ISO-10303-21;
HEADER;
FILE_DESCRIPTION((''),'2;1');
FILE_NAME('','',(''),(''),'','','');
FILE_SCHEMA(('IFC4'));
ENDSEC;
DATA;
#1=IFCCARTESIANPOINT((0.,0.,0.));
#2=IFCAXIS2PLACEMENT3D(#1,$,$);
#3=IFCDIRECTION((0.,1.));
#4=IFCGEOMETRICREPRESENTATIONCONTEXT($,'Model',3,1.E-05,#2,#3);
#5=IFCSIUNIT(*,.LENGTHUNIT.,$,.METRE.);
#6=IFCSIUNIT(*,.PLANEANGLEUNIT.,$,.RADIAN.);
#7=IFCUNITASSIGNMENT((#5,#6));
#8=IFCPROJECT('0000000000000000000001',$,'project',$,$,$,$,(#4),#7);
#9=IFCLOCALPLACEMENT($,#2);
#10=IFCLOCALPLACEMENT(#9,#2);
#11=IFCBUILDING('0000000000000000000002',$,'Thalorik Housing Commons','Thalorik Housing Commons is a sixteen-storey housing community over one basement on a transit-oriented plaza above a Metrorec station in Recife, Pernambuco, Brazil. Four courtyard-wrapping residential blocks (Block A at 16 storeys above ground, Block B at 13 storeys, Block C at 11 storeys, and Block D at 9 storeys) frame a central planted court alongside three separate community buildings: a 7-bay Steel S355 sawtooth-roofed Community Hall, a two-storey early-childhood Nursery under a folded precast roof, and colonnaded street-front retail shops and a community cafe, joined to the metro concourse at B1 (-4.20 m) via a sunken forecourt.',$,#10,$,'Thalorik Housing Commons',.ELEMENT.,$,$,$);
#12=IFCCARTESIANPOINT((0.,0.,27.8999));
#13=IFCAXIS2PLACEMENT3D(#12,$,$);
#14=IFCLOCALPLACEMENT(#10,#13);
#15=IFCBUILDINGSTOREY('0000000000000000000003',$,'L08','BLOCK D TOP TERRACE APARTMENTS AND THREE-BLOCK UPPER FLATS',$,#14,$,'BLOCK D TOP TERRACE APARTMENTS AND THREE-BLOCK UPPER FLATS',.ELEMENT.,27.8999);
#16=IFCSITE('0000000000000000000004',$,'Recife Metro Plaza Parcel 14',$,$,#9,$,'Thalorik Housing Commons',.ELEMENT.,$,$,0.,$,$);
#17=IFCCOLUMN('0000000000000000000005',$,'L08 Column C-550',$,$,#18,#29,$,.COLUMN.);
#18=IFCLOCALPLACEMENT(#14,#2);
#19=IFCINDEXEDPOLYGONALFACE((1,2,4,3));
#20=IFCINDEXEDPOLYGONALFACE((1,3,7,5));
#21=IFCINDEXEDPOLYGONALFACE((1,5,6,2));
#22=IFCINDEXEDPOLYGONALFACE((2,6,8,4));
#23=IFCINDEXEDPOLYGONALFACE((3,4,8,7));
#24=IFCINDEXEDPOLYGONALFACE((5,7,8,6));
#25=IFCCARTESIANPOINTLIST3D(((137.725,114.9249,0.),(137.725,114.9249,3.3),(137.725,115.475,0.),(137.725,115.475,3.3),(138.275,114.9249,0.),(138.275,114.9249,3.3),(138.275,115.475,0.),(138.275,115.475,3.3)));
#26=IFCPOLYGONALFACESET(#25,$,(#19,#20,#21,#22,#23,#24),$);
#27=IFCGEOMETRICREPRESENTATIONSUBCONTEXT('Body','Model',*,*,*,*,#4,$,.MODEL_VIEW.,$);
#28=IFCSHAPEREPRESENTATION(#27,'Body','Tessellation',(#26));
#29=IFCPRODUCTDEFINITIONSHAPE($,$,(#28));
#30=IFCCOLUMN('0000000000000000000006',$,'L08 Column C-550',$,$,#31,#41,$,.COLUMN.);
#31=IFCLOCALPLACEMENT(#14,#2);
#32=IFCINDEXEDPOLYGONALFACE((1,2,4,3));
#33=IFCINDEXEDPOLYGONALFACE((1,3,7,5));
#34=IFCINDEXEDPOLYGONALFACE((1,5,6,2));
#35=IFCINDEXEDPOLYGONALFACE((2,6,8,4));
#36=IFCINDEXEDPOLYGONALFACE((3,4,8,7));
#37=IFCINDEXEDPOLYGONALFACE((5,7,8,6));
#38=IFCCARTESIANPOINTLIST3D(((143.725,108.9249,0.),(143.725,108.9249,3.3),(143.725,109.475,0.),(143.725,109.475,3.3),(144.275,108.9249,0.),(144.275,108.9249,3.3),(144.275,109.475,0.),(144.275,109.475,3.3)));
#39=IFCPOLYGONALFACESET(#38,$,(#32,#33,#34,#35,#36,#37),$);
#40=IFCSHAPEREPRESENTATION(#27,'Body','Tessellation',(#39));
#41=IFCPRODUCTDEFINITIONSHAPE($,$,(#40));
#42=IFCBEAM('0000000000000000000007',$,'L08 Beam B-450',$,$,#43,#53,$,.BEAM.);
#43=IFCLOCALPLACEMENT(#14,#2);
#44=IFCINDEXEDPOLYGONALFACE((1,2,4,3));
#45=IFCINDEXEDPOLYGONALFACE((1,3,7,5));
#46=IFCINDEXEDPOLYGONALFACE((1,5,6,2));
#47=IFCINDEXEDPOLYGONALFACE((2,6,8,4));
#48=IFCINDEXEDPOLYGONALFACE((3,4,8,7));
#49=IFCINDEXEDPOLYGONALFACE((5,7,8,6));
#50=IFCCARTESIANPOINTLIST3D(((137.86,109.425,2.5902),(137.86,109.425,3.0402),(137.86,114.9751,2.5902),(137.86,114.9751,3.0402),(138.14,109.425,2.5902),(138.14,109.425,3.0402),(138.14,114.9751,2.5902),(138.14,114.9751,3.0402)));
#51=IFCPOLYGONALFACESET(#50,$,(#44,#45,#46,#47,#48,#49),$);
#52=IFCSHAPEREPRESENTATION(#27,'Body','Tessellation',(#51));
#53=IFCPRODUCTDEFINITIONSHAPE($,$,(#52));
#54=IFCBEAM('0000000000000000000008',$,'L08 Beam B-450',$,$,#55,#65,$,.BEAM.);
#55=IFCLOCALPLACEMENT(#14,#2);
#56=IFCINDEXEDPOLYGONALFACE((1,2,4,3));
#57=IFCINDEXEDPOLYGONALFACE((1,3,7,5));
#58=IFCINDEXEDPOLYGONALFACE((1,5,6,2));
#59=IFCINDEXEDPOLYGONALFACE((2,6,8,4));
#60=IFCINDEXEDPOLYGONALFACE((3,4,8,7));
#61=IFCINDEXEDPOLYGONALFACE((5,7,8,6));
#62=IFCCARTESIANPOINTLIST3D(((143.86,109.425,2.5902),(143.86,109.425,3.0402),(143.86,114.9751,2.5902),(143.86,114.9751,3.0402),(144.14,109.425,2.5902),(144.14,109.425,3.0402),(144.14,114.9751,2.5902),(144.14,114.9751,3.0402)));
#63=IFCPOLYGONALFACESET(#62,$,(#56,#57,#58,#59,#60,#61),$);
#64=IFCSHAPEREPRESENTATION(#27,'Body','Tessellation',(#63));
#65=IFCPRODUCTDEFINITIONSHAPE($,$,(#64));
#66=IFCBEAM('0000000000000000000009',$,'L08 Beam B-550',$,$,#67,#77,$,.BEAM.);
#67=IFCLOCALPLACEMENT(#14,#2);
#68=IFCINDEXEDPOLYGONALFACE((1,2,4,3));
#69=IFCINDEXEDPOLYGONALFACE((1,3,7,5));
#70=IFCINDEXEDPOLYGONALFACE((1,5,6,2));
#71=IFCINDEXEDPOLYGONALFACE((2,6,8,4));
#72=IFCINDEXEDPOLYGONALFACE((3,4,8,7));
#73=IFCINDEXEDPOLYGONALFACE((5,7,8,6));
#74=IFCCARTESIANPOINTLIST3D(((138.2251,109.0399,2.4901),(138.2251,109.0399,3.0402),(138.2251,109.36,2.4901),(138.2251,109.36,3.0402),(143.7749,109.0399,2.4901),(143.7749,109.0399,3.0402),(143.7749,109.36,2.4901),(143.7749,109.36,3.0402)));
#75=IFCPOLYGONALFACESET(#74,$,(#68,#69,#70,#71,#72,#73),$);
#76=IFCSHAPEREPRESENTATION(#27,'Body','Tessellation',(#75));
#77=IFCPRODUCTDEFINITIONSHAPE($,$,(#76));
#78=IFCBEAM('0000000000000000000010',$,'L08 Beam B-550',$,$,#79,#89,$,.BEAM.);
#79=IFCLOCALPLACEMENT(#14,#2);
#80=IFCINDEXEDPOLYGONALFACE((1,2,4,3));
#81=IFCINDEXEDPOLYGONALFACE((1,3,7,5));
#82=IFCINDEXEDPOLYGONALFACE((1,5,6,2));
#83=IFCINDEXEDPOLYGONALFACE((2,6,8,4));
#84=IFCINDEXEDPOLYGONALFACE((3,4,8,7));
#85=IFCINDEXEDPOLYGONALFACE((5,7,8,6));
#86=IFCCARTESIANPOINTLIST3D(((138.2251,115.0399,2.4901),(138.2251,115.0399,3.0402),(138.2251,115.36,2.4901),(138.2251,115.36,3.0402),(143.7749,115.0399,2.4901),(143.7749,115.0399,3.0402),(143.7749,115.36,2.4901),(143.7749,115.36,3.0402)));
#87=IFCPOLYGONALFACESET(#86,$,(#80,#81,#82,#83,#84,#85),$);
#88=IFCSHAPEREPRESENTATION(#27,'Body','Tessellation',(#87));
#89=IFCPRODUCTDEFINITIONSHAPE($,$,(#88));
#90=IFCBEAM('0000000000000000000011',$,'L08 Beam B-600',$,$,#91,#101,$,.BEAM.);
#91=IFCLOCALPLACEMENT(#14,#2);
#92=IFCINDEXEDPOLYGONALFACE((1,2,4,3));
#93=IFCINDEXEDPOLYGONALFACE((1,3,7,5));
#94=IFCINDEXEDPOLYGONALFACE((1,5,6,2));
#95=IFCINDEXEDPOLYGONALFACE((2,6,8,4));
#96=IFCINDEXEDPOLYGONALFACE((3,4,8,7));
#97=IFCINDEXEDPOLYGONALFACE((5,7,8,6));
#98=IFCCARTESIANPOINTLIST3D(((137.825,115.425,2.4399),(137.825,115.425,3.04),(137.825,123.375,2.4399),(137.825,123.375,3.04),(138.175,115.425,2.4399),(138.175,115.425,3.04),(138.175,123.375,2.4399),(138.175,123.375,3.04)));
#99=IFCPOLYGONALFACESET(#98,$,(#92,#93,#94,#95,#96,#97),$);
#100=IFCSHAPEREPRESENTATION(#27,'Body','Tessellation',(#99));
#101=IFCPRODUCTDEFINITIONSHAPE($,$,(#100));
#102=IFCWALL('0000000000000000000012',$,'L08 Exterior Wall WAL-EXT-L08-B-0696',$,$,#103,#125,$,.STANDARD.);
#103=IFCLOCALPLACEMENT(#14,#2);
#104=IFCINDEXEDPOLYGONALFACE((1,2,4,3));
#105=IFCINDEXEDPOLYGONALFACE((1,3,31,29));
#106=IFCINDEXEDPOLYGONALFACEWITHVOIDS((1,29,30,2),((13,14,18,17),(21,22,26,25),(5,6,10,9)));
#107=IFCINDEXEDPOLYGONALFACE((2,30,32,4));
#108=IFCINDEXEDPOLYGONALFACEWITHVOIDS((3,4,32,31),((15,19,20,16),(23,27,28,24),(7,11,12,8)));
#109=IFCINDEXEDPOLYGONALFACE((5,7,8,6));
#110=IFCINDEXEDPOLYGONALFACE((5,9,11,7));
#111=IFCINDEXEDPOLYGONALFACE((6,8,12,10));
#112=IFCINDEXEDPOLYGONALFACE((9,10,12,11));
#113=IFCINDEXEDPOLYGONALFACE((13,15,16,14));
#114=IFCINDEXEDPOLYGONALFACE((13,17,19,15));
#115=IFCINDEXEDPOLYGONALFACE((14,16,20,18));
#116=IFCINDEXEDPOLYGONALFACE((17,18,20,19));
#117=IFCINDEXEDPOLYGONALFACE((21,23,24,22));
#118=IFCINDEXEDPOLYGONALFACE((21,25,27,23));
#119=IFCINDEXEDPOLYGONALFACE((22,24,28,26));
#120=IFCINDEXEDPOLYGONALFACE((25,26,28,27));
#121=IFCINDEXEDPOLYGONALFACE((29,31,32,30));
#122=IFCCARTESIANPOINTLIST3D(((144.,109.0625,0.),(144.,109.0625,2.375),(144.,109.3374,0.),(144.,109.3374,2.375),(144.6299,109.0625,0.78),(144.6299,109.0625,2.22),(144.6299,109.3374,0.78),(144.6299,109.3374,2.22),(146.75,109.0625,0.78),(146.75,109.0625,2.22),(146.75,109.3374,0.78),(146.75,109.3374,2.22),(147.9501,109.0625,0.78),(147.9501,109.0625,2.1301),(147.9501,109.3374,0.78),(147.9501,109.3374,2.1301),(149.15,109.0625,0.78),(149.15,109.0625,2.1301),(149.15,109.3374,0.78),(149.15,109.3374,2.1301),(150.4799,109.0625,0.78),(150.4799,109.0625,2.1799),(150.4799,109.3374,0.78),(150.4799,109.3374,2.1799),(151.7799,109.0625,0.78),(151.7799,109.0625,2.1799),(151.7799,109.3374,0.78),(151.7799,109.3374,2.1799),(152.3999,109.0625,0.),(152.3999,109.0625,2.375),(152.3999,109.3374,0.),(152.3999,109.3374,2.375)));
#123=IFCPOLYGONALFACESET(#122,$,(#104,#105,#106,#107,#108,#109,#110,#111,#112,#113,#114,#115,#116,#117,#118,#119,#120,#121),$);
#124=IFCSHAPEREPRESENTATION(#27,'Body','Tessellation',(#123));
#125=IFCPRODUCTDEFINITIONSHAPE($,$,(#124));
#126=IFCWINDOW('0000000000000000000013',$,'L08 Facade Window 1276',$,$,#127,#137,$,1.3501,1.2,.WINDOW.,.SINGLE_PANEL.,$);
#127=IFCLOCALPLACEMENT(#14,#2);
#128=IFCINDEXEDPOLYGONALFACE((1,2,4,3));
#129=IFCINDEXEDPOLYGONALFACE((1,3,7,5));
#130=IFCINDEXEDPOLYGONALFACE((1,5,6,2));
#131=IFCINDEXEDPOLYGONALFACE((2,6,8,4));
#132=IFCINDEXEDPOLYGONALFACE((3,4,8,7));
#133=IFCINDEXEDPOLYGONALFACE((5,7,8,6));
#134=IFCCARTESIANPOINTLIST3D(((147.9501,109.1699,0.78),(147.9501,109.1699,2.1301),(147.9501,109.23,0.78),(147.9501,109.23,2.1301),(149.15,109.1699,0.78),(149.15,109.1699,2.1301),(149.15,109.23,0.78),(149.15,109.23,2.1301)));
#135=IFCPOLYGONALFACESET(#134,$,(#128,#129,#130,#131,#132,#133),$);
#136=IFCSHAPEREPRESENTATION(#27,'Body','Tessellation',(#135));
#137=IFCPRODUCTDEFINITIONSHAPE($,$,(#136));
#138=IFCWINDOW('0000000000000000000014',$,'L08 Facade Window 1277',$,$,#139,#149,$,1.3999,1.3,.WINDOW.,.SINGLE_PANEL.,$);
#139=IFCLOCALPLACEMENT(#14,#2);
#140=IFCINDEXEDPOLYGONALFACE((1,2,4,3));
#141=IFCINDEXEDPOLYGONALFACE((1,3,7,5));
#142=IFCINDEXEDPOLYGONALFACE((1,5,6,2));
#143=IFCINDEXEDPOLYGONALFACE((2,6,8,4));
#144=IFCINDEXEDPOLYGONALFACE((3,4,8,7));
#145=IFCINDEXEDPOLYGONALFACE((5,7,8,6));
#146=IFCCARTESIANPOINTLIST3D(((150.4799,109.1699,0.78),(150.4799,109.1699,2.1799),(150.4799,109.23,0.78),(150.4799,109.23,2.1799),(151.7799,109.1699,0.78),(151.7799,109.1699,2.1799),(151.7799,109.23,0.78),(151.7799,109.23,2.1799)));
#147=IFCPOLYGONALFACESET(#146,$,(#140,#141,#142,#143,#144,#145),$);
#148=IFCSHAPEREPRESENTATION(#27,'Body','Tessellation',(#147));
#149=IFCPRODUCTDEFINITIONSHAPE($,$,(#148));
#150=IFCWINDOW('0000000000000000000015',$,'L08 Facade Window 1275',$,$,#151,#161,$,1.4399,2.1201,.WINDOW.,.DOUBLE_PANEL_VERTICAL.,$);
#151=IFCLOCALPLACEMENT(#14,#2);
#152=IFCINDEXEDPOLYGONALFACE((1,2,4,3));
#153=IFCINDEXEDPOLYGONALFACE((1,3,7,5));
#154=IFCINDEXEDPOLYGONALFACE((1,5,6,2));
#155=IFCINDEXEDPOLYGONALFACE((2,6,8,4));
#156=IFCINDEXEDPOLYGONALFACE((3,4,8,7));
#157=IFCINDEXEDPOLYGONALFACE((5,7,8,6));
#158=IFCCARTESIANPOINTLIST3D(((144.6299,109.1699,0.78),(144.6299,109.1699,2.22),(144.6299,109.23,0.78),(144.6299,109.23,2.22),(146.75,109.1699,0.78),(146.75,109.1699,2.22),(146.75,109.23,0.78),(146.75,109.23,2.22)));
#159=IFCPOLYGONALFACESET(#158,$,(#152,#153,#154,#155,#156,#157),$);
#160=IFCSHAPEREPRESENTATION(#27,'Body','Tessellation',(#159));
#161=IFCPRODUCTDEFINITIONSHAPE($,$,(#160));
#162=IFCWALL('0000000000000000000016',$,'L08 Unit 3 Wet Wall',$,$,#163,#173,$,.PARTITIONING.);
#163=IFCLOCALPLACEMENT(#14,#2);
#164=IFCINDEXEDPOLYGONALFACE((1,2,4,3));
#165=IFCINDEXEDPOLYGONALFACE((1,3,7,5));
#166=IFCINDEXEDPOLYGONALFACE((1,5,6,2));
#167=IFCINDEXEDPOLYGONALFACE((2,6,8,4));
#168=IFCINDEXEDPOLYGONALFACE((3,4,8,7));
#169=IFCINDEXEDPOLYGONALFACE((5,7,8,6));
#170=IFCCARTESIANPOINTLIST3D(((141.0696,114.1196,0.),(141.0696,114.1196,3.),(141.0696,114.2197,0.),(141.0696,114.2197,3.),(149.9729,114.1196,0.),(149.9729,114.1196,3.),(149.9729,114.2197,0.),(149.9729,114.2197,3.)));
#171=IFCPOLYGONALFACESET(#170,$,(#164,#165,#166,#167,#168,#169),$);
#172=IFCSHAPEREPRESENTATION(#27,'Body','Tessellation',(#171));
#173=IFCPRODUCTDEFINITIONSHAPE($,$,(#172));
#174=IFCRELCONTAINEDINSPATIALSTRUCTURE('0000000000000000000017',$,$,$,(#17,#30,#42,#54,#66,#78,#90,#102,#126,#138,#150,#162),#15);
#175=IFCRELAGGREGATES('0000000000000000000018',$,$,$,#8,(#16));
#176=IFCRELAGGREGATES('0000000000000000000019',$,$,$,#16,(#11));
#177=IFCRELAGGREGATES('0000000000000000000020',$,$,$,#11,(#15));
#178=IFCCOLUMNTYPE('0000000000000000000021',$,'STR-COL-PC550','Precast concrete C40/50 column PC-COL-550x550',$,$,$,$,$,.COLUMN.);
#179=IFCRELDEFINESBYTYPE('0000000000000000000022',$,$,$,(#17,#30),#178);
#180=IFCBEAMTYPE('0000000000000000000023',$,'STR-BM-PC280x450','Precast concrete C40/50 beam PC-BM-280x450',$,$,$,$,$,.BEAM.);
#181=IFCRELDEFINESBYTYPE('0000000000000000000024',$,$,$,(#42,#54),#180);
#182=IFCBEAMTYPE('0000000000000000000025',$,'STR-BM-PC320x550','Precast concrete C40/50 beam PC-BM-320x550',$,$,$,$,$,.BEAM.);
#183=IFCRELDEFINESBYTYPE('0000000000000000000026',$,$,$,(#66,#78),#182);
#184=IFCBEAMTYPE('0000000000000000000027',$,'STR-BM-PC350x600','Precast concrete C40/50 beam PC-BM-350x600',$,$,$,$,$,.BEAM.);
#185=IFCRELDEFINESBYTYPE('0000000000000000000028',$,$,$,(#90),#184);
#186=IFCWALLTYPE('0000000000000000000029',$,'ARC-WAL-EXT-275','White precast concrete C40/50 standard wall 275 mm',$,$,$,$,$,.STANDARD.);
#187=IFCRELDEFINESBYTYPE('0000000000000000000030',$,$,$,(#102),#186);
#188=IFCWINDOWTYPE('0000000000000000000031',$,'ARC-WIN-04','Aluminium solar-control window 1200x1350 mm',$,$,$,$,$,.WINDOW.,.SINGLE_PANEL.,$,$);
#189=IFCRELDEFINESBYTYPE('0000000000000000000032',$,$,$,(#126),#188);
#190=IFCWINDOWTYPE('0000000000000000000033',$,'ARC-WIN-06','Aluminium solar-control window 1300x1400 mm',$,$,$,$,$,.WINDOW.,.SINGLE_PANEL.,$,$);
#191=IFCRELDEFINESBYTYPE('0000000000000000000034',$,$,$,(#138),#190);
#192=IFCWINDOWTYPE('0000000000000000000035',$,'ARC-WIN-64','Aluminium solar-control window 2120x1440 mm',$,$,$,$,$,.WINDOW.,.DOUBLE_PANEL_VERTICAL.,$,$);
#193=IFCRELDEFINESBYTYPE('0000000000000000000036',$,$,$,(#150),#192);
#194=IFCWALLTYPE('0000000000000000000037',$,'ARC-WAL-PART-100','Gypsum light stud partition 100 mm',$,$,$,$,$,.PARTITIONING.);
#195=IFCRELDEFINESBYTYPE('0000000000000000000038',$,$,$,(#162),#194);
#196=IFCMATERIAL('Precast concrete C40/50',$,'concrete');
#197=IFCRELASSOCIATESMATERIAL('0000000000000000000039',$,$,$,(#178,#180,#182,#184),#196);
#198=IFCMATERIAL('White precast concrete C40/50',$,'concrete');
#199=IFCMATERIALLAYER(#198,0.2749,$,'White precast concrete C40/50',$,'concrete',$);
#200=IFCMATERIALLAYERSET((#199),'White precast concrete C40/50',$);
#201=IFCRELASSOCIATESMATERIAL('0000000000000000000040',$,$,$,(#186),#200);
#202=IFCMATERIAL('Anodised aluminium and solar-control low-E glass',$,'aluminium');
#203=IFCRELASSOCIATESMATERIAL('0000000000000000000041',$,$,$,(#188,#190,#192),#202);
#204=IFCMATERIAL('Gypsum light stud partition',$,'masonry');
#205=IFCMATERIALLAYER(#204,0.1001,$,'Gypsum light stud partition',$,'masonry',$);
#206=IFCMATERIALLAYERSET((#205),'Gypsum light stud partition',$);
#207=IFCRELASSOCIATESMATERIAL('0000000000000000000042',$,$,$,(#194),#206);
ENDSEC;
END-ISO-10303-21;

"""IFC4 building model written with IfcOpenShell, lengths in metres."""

from ifc_helpers import new_model, si_unit, direction, frame, frame_2d, origin, origin_2d, place, context, subcontext, project, spatial, rectangle, extrude, material, layer, layer_set, material_profile, profile_set, type_object, element, fill, save


model = new_model("IFC4")

# Units and contexts
model_context = context("Model", 3, precision=1e-05, world=origin(), true_north=direction((0.0, 1.0)))
body_context = subcontext(model_context, "Body", "Model", "MODEL_VIEW")
ifc_project = project(units=[si_unit("LENGTHUNIT", "METRE"), si_unit("PLANEANGLEUNIT", "RADIAN")], contexts=[model_context])

# Site, building, storey
site_placement = place(None, origin())
site = spatial("IfcSite", under=ifc_project, at=site_placement, Name="Recife Metro Plaza Parcel 14", LongName="Thalorik Housing Commons", CompositionType="ELEMENT", RefElevation=0.0)
building_placement = place(site_placement, origin())
building = spatial("IfcBuilding", under=site, at=building_placement, Name="Thalorik Housing Commons", Description="Thalorik Housing Commons is a sixteen-storey housing community over one basement on a transit-oriented plaza above a Metrorec station in Recife, Pernambuco, Brazil. Four courtyard-wrapping residential blocks (Block A at 16 storeys above ground, Block B at 13 storeys, Block C at 11 storeys, and Block D at 9 storeys) frame a central planted court alongside three separate community buildings: a 7-bay Steel S355 sawtooth-roofed Community Hall, a two-storey early-childhood Nursery under a folded precast roof, and colonnaded street-front retail shops and a community cafe, joined to the metro concourse at B1 (-4.20 m) via a sunken forecourt.", LongName="Thalorik Housing Commons", CompositionType="ELEMENT")
storey_placement = place(building_placement, frame((0.0, 0.0, 27.8999)))
storey = spatial("IfcBuildingStorey", under=building, at=storey_placement, Name="L08", Description="BLOCK D TOP TERRACE APARTMENTS AND THREE-BLOCK UPPER FLATS", LongName="BLOCK D TOP TERRACE APARTMENTS AND THREE-BLOCK UPPER FLATS", CompositionType="ELEMENT", Elevation=27.8999)

# Columns
ifc_material_1 = material(Name="Precast concrete C40/50", Category="concrete")
ifc_material_profile_1 = material_profile(ifc_material_1, rectangle(XDim=0.55, YDim=0.55, at=origin_2d()), Name="PC 550x550", Category="concrete")
ifc_profile_set_1 = profile_set([ifc_material_profile_1], Name="Precast concrete C40/50")
column_type = type_object("IfcColumnType", Name="STR-COL-PC550", Description="Precast concrete C40/50 column PC-COL-550x550", PredefinedType="COLUMN", material=ifc_profile_set_1)
for number, where, z_axis, x_axis, name in (
    (1, (138.0, 115.2, 0.0), (0.0, 0.0, 1.0), (1.0, 0.0, 0.0), "L08 Column C-550"),
    (2, (144.0, 109.2, 0.0), (0.0, 0.0, 1.0), (1.0, 0.0, 0.0), "L08 Column C-550"),
):
    element("IfcColumn", number, at=place(storey_placement, frame(where, z_axis=z_axis, x_axis=x_axis)), inside=storey, type_object=column_type, Name=name, PredefinedType="COLUMN", context=body_context, shape_type="SweptSolid", body=[
        extrude(rectangle(XDim=0.55, YDim=0.55, at=origin_2d()), origin(), (0.0, 0.0, 1.0), 3.3),
    ])

# Beams
ifc_material_profile_2 = material_profile(ifc_material_1, rectangle(XDim=0.28, YDim=0.45, at=origin_2d()), Name="PC 280x450", Category="concrete")
ifc_profile_set_2 = profile_set([ifc_material_profile_2], Name="Precast concrete C40/50")
beam_type_1 = type_object("IfcBeamType", Name="STR-BM-PC280x450", Description="Precast concrete C40/50 beam PC-BM-280x450", PredefinedType="BEAM", material=ifc_profile_set_2)
for number, where, z_axis, x_axis, name in (
    (3, (138.0, 109.425, 2.8152), (0.0, 1.0, 0.0), (-1.0, 0.0, 0.0), "L08 Beam B-450"),
    (4, (144.0, 109.425, 2.8152), (0.0, 1.0, 0.0), (-1.0, 0.0, 0.0), "L08 Beam B-450"),
):
    element("IfcBeam", number, at=place(storey_placement, frame(where, z_axis=z_axis, x_axis=x_axis)), inside=storey, type_object=beam_type_1, Name=name, PredefinedType="BEAM", context=body_context, shape_type="SweptSolid", body=[
        extrude(rectangle(XDim=0.28, YDim=0.45, at=origin_2d()), origin(), (0.0, 0.0, 1.0), 5.55),
    ])
ifc_material_profile_3 = material_profile(ifc_material_1, rectangle(XDim=0.3201, YDim=0.55, at=origin_2d()), Name="PC 320x550", Category="concrete")
ifc_profile_set_3 = profile_set([ifc_material_profile_3], Name="Precast concrete C40/50")
beam_type_2 = type_object("IfcBeamType", Name="STR-BM-PC320x550", Description="Precast concrete C40/50 beam PC-BM-320x550", PredefinedType="BEAM", material=ifc_profile_set_3)
for number, where, z_axis, x_axis, name in (
    (5, (138.2251, 109.2, 2.7651), (1.0, 0.0, 0.0), (0.0, 1.0, 0.0), "L08 Beam B-550"),
    (6, (138.2251, 115.2, 2.7651), (1.0, 0.0, 0.0), (0.0, 1.0, 0.0), "L08 Beam B-550"),
):
    element("IfcBeam", number, at=place(storey_placement, frame(where, z_axis=z_axis, x_axis=x_axis)), inside=storey, type_object=beam_type_2, Name=name, PredefinedType="BEAM", context=body_context, shape_type="SweptSolid", body=[
        extrude(rectangle(XDim=0.3201, YDim=0.55, at=origin_2d()), origin(), (0.0, 0.0, 1.0), 5.5498),
    ])
ifc_material_profile_4 = material_profile(ifc_material_1, rectangle(XDim=0.3501, YDim=0.6001, at=origin_2d()), Name="PC 350x600", Category="concrete")
ifc_profile_set_4 = profile_set([ifc_material_profile_4], Name="Precast concrete C40/50")
beam_type_3 = type_object("IfcBeamType", Name="STR-BM-PC350x600", Description="Precast concrete C40/50 beam PC-BM-350x600", PredefinedType="BEAM", material=ifc_profile_set_4)
beam_placement = place(storey_placement, frame((138.0, 115.425, 2.74), z_axis=(0.0, 1.0, 0.0), x_axis=(-1.0, 0.0, 0.0)))
element("IfcBeam", 7, at=beam_placement, inside=storey, type_object=beam_type_3, Name="L08 Beam B-600", PredefinedType="BEAM", context=body_context, shape_type="SweptSolid", body=[
    extrude(rectangle(XDim=0.3501, YDim=0.6001, at=origin_2d()), origin(), (0.0, 0.0, 1.0), 7.95),
])

# Wall, openings, windows
ifc_material_2 = material(Name="White precast concrete C40/50", Category="concrete")
ifc_layer_1 = layer(ifc_material_2, 0.2749, Name="White precast concrete C40/50", Category="concrete")
ifc_layer_set_1 = layer_set([ifc_layer_1], Name="White precast concrete C40/50")
wall_type_1 = type_object("IfcWallType", Name="ARC-WAL-EXT-275", Description="White precast concrete C40/50 standard wall 275 mm", PredefinedType="STANDARD", material=ifc_layer_set_1)
wall_1_placement = place(storey_placement, frame((144.0, 109.2, 0.0), z_axis=(0.0, 0.0, 1.0), x_axis=(1.0, 0.0, 0.0)))
wall_1 = element("IfcWall", 8, at=wall_1_placement, inside=storey, type_object=wall_type_1, Name="L08 Exterior Wall WAL-EXT-L08-B-0696", PredefinedType="STANDARD", context=body_context, shape_type="SweptSolid", body=[
    extrude(rectangle(XDim=8.3999, YDim=0.2749, at=frame_2d((4.2, 0.0))), origin(), (0.0, 0.0, 1.0), 2.375),
])
opening_1_placement = place(wall_1_placement, frame((0.6299, 0.0, 0.78)))
opening_1 = element("IfcOpeningElement", 9, at=opening_1_placement, cuts=wall_1, PredefinedType="OPENING", context=body_context, shape_type="SweptSolid", body=[
    extrude(rectangle(XDim=2.1201, YDim=1.4399, at=frame_2d((1.0601, 0.72))), frame((0.0, 0.1475, 0.0), z_axis=(0.0, -1.0, 0.0), x_axis=(1.0, 0.0, 0.0)), (0.0, 0.0, 1.0), 0.2949),
])
opening_2_placement = place(wall_1_placement, frame((3.95, 0.0, 0.78)))
opening_2 = element("IfcOpeningElement", 10, at=opening_2_placement, cuts=wall_1, PredefinedType="OPENING", context=body_context, shape_type="SweptSolid", body=[
    extrude(rectangle(XDim=1.2, YDim=1.3501, at=frame_2d((0.6001, 0.675))), frame((0.0, 0.1475, 0.0), z_axis=(0.0, -1.0, 0.0), x_axis=(1.0, 0.0, 0.0)), (0.0, 0.0, 1.0), 0.2949),
])
opening_3_placement = place(wall_1_placement, frame((6.48, 0.0, 0.78)))
opening_3 = element("IfcOpeningElement", 11, at=opening_3_placement, cuts=wall_1, PredefinedType="OPENING", context=body_context, shape_type="SweptSolid", body=[
    extrude(rectangle(XDim=1.3, YDim=1.3999, at=frame_2d((0.6499, 0.7))), frame((0.0, 0.1475, 0.0), z_axis=(0.0, -1.0, 0.0), x_axis=(1.0, 0.0, 0.0)), (0.0, 0.0, 1.0), 0.2949),
])
ifc_material_3 = material(Name="Anodised aluminium and solar-control low-E glass", Category="aluminium")
window_type_1 = type_object("IfcWindowType", Name="ARC-WIN-04", Description="Aluminium solar-control window 1200x1350 mm", PartitioningType="SINGLE_PANEL", PredefinedType="WINDOW", material=ifc_material_3)
window_1_placement = place(opening_2_placement, origin())
window_1 = element("IfcWindow", 12, at=window_1_placement, inside=storey, type_object=window_type_1, Name="L08 Facade Window 1276", OverallHeight=1.3501, OverallWidth=1.2, PartitioningType="SINGLE_PANEL", PredefinedType="WINDOW", context=body_context, shape_type="SweptSolid", body=[
    extrude(rectangle(XDim=1.2, YDim=1.3501, at=frame_2d((0.6001, 0.675))), frame((0.0, 0.03, 0.0), z_axis=(0.0, -1.0, 0.0), x_axis=(1.0, 0.0, 0.0)), (0.0, 0.0, 1.0), 0.0601),
])
fill(opening_2, window_1)
window_type_2 = type_object("IfcWindowType", Name="ARC-WIN-06", Description="Aluminium solar-control window 1300x1400 mm", PartitioningType="SINGLE_PANEL", PredefinedType="WINDOW", material=ifc_material_3)
window_2_placement = place(opening_3_placement, origin())
window_2 = element("IfcWindow", 13, at=window_2_placement, inside=storey, type_object=window_type_2, Name="L08 Facade Window 1277", OverallHeight=1.3999, OverallWidth=1.3, PartitioningType="SINGLE_PANEL", PredefinedType="WINDOW", context=body_context, shape_type="SweptSolid", body=[
    extrude(rectangle(XDim=1.3, YDim=1.3999, at=frame_2d((0.6499, 0.7))), frame((0.0, 0.03, 0.0), z_axis=(0.0, -1.0, 0.0), x_axis=(1.0, 0.0, 0.0)), (0.0, 0.0, 1.0), 0.0601),
])
fill(opening_3, window_2)
window_type_3 = type_object("IfcWindowType", Name="ARC-WIN-64", Description="Aluminium solar-control window 2120x1440 mm", PartitioningType="DOUBLE_PANEL_VERTICAL", PredefinedType="WINDOW", material=ifc_material_3)
window_3_placement = place(opening_1_placement, origin())
window_3 = element("IfcWindow", 14, at=window_3_placement, inside=storey, type_object=window_type_3, Name="L08 Facade Window 1275", OverallHeight=1.4399, OverallWidth=2.1201, PartitioningType="DOUBLE_PANEL_VERTICAL", PredefinedType="WINDOW", context=body_context, shape_type="SweptSolid", body=[
    extrude(rectangle(XDim=2.1201, YDim=1.4399, at=frame_2d((1.0601, 0.72))), frame((0.0, 0.03, 0.0), z_axis=(0.0, -1.0, 0.0), x_axis=(1.0, 0.0, 0.0)), (0.0, 0.0, 1.0), 0.0601),
])
fill(opening_1, window_3)

# Wall
ifc_material_4 = material(Name="Gypsum light stud partition", Category="masonry")
ifc_layer_2 = layer(ifc_material_4, 0.1001, Name="Gypsum light stud partition", Category="masonry")
ifc_layer_set_2 = layer_set([ifc_layer_2], Name="Gypsum light stud partition")
wall_type_2 = type_object("IfcWallType", Name="ARC-WAL-PART-100", Description="Gypsum light stud partition 100 mm", PredefinedType="PARTITIONING", material=ifc_layer_set_2)
wall_2_placement = place(storey_placement, frame((141.0696, 114.1697, 0.0), z_axis=(0.0, 0.0, 1.0), x_axis=(1.0, 0.0, 0.0)))
element("IfcWall", 15, at=wall_2_placement, inside=storey, type_object=wall_type_2, Name="L08 Unit 3 Wet Wall", PredefinedType="PARTITIONING", context=body_context, shape_type="SweptSolid", body=[
    extrude(rectangle(XDim=8.9033, YDim=0.1001, at=frame_2d((4.4517, 0.0))), origin(), (0.0, 0.0, 1.0), 3.0),
])

save(model, "model.ifc")
